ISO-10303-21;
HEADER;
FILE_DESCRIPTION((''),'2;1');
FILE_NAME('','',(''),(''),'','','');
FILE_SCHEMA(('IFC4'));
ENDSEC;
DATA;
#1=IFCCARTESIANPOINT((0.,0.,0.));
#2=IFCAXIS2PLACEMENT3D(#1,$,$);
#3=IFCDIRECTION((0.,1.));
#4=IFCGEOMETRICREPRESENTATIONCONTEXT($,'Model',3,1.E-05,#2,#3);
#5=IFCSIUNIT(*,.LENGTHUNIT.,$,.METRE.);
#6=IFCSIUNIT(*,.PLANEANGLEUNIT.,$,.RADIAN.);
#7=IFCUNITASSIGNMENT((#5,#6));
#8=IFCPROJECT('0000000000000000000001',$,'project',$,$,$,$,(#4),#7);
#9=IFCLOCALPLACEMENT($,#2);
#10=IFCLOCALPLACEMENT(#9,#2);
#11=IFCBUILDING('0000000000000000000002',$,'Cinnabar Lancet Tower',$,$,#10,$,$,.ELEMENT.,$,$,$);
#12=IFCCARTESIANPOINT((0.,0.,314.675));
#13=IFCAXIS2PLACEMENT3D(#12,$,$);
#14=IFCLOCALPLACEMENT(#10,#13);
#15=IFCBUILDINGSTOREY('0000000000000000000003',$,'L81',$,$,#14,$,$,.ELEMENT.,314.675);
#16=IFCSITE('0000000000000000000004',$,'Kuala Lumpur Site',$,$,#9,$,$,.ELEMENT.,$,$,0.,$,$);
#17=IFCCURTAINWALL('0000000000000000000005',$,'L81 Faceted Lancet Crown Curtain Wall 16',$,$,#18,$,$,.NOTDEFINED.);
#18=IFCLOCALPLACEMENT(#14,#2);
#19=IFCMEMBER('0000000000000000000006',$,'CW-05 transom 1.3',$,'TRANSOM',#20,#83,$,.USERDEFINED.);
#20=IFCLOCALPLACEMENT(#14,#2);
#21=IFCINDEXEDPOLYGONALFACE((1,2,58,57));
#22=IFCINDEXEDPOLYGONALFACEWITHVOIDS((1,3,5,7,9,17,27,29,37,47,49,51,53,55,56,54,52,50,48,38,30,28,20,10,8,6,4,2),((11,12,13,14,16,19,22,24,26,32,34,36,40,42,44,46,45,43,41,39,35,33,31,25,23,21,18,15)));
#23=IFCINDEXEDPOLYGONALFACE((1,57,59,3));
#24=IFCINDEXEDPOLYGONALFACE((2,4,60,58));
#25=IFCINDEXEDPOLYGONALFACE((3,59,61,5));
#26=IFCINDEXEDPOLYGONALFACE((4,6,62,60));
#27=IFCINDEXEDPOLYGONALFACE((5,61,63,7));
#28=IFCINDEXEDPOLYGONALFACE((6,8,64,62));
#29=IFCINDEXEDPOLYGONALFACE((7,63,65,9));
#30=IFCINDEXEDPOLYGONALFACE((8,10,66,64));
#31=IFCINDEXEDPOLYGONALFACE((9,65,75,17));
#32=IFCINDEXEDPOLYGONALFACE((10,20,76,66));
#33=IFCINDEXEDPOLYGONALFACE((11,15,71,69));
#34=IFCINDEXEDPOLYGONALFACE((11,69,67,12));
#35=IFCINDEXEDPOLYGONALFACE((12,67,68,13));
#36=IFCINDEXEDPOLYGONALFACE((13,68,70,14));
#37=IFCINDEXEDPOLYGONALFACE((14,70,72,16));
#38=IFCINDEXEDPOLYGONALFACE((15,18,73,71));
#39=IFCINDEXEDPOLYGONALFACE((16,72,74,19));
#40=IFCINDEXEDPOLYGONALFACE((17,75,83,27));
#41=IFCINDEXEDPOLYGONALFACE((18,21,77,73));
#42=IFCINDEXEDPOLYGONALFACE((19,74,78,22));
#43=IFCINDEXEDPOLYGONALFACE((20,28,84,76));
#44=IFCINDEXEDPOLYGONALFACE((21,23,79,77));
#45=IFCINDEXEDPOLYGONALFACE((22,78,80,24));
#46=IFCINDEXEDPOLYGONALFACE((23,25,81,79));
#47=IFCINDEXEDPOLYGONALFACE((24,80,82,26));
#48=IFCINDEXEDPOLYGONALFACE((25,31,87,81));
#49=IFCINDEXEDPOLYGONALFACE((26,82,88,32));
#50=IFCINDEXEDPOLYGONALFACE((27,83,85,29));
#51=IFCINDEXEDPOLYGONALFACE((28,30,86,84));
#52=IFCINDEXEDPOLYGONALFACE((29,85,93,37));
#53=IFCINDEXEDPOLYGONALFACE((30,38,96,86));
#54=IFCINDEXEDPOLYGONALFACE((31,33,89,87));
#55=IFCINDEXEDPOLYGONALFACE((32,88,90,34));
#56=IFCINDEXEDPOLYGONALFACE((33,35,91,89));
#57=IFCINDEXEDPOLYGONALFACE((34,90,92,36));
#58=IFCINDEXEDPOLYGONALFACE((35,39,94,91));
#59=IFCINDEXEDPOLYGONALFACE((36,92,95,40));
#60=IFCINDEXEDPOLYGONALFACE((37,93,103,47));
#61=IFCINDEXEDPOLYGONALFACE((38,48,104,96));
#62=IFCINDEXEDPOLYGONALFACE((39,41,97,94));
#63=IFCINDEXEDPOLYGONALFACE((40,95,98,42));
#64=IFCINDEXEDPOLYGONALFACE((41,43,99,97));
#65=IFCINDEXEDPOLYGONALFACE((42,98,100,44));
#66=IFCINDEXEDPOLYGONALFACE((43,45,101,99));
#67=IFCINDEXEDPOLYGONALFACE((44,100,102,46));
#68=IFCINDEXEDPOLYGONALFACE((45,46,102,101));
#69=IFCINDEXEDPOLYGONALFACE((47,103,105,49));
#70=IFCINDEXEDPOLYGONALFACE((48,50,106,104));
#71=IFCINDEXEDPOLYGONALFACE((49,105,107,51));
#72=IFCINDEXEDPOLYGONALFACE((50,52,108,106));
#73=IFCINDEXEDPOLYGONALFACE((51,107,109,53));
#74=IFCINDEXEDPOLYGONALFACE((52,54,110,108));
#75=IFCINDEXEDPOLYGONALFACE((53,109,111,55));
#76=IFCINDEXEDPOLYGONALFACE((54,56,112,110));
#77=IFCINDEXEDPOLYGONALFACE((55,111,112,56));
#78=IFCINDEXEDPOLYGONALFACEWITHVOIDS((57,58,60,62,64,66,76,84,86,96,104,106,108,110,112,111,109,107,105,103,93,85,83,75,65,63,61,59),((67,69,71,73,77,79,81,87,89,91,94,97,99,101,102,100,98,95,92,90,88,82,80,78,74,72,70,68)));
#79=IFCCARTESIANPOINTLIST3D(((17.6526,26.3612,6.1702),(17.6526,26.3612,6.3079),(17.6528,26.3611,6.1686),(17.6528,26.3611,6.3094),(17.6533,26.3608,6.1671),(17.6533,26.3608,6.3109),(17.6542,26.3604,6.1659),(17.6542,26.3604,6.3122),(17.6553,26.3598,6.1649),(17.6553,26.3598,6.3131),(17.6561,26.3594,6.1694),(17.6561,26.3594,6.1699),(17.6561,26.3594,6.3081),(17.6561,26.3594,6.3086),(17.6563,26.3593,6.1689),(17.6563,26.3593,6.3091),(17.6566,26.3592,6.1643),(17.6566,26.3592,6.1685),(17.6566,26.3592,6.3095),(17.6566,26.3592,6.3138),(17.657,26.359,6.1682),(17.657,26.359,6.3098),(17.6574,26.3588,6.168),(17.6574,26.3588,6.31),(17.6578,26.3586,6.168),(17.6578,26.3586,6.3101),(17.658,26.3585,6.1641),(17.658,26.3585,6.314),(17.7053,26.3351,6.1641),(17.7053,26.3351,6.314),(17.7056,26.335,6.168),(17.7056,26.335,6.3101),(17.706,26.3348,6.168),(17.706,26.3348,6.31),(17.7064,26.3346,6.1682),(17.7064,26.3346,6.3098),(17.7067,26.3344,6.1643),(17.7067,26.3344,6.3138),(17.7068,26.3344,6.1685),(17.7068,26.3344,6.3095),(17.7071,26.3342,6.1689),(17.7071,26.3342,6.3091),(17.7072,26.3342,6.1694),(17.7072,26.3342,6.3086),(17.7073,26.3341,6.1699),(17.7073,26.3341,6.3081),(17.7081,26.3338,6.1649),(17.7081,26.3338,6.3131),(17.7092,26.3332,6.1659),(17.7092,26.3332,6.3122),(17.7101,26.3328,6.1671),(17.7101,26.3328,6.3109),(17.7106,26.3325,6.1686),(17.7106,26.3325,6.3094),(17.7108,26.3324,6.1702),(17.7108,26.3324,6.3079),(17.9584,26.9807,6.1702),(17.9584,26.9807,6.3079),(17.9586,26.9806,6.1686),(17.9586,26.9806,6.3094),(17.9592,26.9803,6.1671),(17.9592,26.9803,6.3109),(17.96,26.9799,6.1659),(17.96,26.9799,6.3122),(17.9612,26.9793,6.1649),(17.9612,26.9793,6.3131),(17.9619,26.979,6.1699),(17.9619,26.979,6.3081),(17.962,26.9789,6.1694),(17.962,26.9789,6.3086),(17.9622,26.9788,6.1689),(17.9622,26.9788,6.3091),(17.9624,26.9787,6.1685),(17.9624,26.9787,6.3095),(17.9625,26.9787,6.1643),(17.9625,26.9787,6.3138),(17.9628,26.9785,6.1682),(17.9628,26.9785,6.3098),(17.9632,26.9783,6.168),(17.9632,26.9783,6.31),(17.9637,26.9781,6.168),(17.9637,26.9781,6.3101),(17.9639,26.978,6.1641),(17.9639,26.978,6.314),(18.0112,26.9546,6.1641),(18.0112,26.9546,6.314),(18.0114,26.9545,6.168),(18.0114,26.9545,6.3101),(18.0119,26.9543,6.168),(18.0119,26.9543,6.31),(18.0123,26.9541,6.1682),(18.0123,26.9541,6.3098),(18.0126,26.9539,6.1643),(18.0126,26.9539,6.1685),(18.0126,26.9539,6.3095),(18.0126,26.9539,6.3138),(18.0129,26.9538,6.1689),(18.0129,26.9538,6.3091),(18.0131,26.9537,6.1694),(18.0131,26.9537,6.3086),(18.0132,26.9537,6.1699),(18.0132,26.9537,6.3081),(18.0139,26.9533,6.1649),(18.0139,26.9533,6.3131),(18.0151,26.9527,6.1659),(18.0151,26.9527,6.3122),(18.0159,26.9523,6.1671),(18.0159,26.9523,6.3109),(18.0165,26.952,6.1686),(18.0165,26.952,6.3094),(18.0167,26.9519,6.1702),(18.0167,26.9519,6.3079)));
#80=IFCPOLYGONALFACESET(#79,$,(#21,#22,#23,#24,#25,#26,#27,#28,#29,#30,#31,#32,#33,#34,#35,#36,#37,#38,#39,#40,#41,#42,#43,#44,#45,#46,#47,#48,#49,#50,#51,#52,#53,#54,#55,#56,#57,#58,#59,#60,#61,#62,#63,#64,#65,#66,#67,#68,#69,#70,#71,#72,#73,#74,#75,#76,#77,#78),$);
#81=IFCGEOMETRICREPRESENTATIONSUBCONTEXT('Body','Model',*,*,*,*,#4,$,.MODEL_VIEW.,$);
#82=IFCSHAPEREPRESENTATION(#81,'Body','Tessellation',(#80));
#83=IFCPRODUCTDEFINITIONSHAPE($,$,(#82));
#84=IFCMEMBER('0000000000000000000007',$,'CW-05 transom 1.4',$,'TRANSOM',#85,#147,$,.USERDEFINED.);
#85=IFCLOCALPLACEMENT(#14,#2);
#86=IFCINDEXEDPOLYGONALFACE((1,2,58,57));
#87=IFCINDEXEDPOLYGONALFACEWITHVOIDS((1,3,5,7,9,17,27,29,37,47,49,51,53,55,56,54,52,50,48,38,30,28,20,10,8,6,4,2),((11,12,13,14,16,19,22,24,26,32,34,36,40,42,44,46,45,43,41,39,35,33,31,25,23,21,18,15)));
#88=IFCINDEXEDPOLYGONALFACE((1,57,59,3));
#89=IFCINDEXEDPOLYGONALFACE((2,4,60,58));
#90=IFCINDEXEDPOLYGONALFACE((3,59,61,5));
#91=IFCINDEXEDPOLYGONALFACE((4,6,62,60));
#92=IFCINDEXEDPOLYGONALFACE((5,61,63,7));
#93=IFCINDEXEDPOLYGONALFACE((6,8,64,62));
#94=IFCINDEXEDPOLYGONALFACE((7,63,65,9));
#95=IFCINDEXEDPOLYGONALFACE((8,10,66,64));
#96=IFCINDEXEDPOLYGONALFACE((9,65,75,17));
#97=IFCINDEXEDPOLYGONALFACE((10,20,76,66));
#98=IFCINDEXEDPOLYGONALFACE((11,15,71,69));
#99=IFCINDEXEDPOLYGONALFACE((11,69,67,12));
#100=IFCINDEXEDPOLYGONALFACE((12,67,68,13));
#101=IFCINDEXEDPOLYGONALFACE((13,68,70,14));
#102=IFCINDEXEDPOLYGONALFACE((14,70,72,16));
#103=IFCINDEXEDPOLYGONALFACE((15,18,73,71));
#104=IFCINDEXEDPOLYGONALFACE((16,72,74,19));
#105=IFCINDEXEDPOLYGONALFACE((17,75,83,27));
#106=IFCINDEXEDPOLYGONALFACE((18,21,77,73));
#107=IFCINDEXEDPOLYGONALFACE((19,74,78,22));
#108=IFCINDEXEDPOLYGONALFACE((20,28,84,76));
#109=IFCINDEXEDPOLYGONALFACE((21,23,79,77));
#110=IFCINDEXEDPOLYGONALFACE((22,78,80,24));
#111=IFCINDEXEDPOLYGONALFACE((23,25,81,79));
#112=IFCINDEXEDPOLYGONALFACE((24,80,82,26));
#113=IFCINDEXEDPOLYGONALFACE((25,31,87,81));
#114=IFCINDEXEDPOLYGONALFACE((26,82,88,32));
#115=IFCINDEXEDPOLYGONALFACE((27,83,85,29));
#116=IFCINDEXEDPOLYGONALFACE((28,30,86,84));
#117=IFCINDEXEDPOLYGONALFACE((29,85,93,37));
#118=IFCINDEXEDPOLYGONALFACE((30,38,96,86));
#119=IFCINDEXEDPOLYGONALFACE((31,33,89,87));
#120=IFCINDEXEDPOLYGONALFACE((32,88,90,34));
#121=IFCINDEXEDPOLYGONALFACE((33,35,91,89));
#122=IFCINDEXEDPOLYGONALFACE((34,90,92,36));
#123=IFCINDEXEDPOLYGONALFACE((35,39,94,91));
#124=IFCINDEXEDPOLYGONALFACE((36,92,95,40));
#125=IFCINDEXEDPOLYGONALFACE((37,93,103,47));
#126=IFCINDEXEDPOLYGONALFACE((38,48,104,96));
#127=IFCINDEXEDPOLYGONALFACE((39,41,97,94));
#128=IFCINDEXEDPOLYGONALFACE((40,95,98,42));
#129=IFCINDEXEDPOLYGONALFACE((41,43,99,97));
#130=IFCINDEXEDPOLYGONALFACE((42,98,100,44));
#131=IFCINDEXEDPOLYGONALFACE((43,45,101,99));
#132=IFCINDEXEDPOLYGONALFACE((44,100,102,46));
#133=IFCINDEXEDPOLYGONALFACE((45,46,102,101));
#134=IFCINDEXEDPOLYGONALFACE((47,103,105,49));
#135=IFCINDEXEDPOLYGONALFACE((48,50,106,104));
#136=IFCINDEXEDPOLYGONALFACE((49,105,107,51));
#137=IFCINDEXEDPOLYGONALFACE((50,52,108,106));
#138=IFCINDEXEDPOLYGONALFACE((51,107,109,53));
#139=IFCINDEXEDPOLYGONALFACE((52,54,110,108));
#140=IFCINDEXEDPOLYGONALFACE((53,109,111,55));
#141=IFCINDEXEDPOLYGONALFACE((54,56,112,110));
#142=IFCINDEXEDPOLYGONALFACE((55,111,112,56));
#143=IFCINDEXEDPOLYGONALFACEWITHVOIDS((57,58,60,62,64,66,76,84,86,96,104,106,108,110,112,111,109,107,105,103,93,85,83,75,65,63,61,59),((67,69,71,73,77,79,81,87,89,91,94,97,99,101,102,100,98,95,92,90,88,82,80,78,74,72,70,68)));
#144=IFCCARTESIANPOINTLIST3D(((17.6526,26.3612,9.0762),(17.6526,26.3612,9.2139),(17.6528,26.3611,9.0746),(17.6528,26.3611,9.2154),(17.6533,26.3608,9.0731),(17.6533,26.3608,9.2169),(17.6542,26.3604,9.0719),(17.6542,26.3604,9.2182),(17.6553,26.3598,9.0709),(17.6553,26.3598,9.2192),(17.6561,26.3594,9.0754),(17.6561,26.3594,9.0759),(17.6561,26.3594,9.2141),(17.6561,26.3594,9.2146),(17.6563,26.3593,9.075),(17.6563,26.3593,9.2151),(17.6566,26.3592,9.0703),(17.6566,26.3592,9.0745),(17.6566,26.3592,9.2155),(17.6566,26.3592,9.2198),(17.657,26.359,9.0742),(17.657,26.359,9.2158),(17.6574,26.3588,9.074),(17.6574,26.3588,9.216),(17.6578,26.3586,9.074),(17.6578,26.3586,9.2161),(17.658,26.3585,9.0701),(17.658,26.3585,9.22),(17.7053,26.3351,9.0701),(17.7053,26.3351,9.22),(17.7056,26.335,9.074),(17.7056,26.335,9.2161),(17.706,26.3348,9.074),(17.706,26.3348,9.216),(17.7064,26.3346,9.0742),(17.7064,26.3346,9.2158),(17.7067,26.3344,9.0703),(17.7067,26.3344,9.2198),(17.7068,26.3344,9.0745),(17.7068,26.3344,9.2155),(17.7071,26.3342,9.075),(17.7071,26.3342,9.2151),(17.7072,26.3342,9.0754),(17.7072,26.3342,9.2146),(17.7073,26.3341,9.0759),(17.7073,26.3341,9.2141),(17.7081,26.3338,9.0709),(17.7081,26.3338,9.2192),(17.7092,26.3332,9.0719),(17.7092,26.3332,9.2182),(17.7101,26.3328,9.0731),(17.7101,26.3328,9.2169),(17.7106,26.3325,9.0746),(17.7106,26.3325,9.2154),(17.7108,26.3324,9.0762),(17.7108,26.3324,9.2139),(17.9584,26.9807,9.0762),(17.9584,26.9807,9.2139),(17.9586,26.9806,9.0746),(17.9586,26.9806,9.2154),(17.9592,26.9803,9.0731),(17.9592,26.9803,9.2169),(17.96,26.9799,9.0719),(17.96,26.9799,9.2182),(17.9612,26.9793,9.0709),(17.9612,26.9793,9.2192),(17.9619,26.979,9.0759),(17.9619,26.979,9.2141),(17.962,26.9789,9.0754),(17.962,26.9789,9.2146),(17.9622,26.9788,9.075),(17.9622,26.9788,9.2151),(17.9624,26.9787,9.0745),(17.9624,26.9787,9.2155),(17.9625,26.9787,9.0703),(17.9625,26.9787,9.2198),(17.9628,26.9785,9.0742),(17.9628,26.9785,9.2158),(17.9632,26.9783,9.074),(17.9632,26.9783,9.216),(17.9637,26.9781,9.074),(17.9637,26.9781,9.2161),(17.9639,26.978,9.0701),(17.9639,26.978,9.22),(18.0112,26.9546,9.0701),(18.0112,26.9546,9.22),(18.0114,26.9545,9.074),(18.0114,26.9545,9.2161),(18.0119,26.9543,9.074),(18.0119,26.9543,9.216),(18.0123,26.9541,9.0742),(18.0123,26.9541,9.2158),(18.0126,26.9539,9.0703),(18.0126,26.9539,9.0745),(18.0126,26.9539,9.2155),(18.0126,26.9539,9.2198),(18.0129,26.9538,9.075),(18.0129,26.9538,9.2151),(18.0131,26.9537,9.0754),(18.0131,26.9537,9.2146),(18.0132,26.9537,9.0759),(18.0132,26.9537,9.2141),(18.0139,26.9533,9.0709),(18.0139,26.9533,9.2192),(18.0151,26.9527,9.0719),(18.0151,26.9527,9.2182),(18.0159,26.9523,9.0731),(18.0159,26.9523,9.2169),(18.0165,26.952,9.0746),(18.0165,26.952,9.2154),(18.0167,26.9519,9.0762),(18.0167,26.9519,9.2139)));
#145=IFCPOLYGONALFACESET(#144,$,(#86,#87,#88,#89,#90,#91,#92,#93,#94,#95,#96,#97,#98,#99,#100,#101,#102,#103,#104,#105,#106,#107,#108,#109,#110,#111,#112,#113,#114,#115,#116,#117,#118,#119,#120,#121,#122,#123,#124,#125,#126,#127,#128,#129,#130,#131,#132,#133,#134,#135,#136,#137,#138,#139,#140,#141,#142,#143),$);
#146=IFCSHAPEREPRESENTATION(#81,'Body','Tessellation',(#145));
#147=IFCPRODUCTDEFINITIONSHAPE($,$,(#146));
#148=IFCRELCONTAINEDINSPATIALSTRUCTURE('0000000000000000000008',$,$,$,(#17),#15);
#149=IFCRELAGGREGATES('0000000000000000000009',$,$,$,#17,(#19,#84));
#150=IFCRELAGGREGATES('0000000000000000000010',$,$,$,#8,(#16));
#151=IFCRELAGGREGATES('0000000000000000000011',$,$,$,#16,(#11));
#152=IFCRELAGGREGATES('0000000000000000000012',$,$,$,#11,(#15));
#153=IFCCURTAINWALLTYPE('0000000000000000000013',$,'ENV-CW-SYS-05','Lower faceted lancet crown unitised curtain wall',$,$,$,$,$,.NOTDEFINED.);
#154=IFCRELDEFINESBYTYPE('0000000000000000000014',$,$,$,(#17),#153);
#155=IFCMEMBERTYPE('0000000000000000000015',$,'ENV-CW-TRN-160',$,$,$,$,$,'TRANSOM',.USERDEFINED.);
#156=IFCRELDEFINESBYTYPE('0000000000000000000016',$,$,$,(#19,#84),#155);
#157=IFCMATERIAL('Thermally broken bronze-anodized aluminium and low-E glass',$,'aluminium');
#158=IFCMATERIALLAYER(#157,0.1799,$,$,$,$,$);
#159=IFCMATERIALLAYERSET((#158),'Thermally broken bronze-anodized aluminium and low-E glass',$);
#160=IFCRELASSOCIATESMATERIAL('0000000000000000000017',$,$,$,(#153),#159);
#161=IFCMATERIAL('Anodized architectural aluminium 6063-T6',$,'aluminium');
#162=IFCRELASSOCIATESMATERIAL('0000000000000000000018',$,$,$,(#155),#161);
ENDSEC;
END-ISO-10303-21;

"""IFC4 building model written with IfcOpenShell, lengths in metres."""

from ifc_helpers import new_model, si_unit, direction, frame, origin, origin_2d, place, context, subcontext, project, spatial, hollow_rectangle, extrude, material, layer, layer_set, material_profile, profile_set, type_object, element, aggregate, save


model = new_model("IFC4")

# Units and contexts
model_context = context("Model", 3, precision=1e-05, world=origin(), true_north=direction((0.0, 1.0)))
body_context = subcontext(model_context, "Body", "Model", "MODEL_VIEW")
ifc_project = project(units=[si_unit("LENGTHUNIT", "METRE"), si_unit("PLANEANGLEUNIT", "RADIAN")], contexts=[model_context])

# Site, building, storey
site_placement = place(None, origin())
site = spatial("IfcSite", under=ifc_project, at=site_placement, Name="Kuala Lumpur Site", CompositionType="ELEMENT", RefElevation=0.0)
building_placement = place(site_placement, origin())
building = spatial("IfcBuilding", under=site, at=building_placement, Name="Cinnabar Lancet Tower", CompositionType="ELEMENT")
storey_placement = place(building_placement, frame((0.0, 0.0, 314.675)))
storey = spatial("IfcBuildingStorey", under=building, at=storey_placement, Name="L81", CompositionType="ELEMENT", Elevation=314.675)

# Shared definitions
ifc_material_1 = material(Name="Thermally broken bronze-anodized aluminium and low-E glass", Category="aluminium")
ifc_layer_1 = layer(ifc_material_1, 0.1799)
ifc_layer_set_1 = layer_set([ifc_layer_1], Name="Thermally broken bronze-anodized aluminium and low-E glass")
curtain_wall_type = type_object("IfcCurtainWallType", Name="ENV-CW-SYS-05", Description="Lower faceted lancet crown unitised curtain wall", PredefinedType="NOTDEFINED", material=ifc_layer_set_1)

# Curtain wall
curtain_wall_1_placement = place(storey_placement, origin())
curtain_wall_1 = element("IfcCurtainWall", 1, at=curtain_wall_1_placement, inside=storey, type_object=curtain_wall_type, Name="L81 Faceted Lancet Crown Curtain Wall 16", PredefinedType="NOTDEFINED")

# Members
ifc_material_2 = material(Name="Anodized architectural aluminium 6063-T6", Category="aluminium")
ifc_material_profile_1 = material_profile(ifc_material_2, hollow_rectangle(XDim=0.0649, YDim=0.1499, WallThickness=0.0039, InnerFilletRadius=0.002, OuterFilletRadius=0.0061, at=origin_2d()), Name="CW-TRN 150x65x4")
ifc_profile_set_1 = profile_set([ifc_material_profile_1], Name="Anodized architectural aluminium 6063-T6")
member_type_1 = type_object("IfcMemberType", Name="ENV-CW-TRN-160", ElementType="TRANSOM", PredefinedType="USERDEFINED", material=ifc_profile_set_1)
member_1_placement = place(storey_placement, frame((17.9875, 26.9663, 6.239), z_axis=(-0.442686, -0.896677, 0.0), x_axis=(0.896677, -0.442686, 0.0)))
member_1 = element("IfcMember", 2, at=member_1_placement, type_object=member_type_1, Name="CW-05 transom 1.3", ObjectType="TRANSOM", PredefinedType="USERDEFINED", context=body_context, shape_type="SweptSolid", body=[
    extrude(hollow_rectangle(XDim=0.0649, YDim=0.1499, WallThickness=0.0039, InnerFilletRadius=0.002, OuterFilletRadius=0.0061, at=origin_2d()), origin(), (0.0, 0.0, 1.0), 0.6909),
])
member_2_placement = place(storey_placement, frame((17.9875, 26.9663, 9.145), z_axis=(-0.442686, -0.896677, 0.0), x_axis=(0.896677, -0.442686, 0.0)))
member_2 = element("IfcMember", 3, at=member_2_placement, type_object=member_type_1, Name="CW-05 transom 1.4", ObjectType="TRANSOM", PredefinedType="USERDEFINED", context=body_context, shape_type="SweptSolid", body=[
    extrude(hollow_rectangle(XDim=0.0649, YDim=0.1499, WallThickness=0.0039, InnerFilletRadius=0.002, OuterFilletRadius=0.0061, at=origin_2d()), origin(), (0.0, 0.0, 1.0), 0.6909),
])

aggregate(curtain_wall_1, [member_1, member_2])

save(model, "model.ifc")
